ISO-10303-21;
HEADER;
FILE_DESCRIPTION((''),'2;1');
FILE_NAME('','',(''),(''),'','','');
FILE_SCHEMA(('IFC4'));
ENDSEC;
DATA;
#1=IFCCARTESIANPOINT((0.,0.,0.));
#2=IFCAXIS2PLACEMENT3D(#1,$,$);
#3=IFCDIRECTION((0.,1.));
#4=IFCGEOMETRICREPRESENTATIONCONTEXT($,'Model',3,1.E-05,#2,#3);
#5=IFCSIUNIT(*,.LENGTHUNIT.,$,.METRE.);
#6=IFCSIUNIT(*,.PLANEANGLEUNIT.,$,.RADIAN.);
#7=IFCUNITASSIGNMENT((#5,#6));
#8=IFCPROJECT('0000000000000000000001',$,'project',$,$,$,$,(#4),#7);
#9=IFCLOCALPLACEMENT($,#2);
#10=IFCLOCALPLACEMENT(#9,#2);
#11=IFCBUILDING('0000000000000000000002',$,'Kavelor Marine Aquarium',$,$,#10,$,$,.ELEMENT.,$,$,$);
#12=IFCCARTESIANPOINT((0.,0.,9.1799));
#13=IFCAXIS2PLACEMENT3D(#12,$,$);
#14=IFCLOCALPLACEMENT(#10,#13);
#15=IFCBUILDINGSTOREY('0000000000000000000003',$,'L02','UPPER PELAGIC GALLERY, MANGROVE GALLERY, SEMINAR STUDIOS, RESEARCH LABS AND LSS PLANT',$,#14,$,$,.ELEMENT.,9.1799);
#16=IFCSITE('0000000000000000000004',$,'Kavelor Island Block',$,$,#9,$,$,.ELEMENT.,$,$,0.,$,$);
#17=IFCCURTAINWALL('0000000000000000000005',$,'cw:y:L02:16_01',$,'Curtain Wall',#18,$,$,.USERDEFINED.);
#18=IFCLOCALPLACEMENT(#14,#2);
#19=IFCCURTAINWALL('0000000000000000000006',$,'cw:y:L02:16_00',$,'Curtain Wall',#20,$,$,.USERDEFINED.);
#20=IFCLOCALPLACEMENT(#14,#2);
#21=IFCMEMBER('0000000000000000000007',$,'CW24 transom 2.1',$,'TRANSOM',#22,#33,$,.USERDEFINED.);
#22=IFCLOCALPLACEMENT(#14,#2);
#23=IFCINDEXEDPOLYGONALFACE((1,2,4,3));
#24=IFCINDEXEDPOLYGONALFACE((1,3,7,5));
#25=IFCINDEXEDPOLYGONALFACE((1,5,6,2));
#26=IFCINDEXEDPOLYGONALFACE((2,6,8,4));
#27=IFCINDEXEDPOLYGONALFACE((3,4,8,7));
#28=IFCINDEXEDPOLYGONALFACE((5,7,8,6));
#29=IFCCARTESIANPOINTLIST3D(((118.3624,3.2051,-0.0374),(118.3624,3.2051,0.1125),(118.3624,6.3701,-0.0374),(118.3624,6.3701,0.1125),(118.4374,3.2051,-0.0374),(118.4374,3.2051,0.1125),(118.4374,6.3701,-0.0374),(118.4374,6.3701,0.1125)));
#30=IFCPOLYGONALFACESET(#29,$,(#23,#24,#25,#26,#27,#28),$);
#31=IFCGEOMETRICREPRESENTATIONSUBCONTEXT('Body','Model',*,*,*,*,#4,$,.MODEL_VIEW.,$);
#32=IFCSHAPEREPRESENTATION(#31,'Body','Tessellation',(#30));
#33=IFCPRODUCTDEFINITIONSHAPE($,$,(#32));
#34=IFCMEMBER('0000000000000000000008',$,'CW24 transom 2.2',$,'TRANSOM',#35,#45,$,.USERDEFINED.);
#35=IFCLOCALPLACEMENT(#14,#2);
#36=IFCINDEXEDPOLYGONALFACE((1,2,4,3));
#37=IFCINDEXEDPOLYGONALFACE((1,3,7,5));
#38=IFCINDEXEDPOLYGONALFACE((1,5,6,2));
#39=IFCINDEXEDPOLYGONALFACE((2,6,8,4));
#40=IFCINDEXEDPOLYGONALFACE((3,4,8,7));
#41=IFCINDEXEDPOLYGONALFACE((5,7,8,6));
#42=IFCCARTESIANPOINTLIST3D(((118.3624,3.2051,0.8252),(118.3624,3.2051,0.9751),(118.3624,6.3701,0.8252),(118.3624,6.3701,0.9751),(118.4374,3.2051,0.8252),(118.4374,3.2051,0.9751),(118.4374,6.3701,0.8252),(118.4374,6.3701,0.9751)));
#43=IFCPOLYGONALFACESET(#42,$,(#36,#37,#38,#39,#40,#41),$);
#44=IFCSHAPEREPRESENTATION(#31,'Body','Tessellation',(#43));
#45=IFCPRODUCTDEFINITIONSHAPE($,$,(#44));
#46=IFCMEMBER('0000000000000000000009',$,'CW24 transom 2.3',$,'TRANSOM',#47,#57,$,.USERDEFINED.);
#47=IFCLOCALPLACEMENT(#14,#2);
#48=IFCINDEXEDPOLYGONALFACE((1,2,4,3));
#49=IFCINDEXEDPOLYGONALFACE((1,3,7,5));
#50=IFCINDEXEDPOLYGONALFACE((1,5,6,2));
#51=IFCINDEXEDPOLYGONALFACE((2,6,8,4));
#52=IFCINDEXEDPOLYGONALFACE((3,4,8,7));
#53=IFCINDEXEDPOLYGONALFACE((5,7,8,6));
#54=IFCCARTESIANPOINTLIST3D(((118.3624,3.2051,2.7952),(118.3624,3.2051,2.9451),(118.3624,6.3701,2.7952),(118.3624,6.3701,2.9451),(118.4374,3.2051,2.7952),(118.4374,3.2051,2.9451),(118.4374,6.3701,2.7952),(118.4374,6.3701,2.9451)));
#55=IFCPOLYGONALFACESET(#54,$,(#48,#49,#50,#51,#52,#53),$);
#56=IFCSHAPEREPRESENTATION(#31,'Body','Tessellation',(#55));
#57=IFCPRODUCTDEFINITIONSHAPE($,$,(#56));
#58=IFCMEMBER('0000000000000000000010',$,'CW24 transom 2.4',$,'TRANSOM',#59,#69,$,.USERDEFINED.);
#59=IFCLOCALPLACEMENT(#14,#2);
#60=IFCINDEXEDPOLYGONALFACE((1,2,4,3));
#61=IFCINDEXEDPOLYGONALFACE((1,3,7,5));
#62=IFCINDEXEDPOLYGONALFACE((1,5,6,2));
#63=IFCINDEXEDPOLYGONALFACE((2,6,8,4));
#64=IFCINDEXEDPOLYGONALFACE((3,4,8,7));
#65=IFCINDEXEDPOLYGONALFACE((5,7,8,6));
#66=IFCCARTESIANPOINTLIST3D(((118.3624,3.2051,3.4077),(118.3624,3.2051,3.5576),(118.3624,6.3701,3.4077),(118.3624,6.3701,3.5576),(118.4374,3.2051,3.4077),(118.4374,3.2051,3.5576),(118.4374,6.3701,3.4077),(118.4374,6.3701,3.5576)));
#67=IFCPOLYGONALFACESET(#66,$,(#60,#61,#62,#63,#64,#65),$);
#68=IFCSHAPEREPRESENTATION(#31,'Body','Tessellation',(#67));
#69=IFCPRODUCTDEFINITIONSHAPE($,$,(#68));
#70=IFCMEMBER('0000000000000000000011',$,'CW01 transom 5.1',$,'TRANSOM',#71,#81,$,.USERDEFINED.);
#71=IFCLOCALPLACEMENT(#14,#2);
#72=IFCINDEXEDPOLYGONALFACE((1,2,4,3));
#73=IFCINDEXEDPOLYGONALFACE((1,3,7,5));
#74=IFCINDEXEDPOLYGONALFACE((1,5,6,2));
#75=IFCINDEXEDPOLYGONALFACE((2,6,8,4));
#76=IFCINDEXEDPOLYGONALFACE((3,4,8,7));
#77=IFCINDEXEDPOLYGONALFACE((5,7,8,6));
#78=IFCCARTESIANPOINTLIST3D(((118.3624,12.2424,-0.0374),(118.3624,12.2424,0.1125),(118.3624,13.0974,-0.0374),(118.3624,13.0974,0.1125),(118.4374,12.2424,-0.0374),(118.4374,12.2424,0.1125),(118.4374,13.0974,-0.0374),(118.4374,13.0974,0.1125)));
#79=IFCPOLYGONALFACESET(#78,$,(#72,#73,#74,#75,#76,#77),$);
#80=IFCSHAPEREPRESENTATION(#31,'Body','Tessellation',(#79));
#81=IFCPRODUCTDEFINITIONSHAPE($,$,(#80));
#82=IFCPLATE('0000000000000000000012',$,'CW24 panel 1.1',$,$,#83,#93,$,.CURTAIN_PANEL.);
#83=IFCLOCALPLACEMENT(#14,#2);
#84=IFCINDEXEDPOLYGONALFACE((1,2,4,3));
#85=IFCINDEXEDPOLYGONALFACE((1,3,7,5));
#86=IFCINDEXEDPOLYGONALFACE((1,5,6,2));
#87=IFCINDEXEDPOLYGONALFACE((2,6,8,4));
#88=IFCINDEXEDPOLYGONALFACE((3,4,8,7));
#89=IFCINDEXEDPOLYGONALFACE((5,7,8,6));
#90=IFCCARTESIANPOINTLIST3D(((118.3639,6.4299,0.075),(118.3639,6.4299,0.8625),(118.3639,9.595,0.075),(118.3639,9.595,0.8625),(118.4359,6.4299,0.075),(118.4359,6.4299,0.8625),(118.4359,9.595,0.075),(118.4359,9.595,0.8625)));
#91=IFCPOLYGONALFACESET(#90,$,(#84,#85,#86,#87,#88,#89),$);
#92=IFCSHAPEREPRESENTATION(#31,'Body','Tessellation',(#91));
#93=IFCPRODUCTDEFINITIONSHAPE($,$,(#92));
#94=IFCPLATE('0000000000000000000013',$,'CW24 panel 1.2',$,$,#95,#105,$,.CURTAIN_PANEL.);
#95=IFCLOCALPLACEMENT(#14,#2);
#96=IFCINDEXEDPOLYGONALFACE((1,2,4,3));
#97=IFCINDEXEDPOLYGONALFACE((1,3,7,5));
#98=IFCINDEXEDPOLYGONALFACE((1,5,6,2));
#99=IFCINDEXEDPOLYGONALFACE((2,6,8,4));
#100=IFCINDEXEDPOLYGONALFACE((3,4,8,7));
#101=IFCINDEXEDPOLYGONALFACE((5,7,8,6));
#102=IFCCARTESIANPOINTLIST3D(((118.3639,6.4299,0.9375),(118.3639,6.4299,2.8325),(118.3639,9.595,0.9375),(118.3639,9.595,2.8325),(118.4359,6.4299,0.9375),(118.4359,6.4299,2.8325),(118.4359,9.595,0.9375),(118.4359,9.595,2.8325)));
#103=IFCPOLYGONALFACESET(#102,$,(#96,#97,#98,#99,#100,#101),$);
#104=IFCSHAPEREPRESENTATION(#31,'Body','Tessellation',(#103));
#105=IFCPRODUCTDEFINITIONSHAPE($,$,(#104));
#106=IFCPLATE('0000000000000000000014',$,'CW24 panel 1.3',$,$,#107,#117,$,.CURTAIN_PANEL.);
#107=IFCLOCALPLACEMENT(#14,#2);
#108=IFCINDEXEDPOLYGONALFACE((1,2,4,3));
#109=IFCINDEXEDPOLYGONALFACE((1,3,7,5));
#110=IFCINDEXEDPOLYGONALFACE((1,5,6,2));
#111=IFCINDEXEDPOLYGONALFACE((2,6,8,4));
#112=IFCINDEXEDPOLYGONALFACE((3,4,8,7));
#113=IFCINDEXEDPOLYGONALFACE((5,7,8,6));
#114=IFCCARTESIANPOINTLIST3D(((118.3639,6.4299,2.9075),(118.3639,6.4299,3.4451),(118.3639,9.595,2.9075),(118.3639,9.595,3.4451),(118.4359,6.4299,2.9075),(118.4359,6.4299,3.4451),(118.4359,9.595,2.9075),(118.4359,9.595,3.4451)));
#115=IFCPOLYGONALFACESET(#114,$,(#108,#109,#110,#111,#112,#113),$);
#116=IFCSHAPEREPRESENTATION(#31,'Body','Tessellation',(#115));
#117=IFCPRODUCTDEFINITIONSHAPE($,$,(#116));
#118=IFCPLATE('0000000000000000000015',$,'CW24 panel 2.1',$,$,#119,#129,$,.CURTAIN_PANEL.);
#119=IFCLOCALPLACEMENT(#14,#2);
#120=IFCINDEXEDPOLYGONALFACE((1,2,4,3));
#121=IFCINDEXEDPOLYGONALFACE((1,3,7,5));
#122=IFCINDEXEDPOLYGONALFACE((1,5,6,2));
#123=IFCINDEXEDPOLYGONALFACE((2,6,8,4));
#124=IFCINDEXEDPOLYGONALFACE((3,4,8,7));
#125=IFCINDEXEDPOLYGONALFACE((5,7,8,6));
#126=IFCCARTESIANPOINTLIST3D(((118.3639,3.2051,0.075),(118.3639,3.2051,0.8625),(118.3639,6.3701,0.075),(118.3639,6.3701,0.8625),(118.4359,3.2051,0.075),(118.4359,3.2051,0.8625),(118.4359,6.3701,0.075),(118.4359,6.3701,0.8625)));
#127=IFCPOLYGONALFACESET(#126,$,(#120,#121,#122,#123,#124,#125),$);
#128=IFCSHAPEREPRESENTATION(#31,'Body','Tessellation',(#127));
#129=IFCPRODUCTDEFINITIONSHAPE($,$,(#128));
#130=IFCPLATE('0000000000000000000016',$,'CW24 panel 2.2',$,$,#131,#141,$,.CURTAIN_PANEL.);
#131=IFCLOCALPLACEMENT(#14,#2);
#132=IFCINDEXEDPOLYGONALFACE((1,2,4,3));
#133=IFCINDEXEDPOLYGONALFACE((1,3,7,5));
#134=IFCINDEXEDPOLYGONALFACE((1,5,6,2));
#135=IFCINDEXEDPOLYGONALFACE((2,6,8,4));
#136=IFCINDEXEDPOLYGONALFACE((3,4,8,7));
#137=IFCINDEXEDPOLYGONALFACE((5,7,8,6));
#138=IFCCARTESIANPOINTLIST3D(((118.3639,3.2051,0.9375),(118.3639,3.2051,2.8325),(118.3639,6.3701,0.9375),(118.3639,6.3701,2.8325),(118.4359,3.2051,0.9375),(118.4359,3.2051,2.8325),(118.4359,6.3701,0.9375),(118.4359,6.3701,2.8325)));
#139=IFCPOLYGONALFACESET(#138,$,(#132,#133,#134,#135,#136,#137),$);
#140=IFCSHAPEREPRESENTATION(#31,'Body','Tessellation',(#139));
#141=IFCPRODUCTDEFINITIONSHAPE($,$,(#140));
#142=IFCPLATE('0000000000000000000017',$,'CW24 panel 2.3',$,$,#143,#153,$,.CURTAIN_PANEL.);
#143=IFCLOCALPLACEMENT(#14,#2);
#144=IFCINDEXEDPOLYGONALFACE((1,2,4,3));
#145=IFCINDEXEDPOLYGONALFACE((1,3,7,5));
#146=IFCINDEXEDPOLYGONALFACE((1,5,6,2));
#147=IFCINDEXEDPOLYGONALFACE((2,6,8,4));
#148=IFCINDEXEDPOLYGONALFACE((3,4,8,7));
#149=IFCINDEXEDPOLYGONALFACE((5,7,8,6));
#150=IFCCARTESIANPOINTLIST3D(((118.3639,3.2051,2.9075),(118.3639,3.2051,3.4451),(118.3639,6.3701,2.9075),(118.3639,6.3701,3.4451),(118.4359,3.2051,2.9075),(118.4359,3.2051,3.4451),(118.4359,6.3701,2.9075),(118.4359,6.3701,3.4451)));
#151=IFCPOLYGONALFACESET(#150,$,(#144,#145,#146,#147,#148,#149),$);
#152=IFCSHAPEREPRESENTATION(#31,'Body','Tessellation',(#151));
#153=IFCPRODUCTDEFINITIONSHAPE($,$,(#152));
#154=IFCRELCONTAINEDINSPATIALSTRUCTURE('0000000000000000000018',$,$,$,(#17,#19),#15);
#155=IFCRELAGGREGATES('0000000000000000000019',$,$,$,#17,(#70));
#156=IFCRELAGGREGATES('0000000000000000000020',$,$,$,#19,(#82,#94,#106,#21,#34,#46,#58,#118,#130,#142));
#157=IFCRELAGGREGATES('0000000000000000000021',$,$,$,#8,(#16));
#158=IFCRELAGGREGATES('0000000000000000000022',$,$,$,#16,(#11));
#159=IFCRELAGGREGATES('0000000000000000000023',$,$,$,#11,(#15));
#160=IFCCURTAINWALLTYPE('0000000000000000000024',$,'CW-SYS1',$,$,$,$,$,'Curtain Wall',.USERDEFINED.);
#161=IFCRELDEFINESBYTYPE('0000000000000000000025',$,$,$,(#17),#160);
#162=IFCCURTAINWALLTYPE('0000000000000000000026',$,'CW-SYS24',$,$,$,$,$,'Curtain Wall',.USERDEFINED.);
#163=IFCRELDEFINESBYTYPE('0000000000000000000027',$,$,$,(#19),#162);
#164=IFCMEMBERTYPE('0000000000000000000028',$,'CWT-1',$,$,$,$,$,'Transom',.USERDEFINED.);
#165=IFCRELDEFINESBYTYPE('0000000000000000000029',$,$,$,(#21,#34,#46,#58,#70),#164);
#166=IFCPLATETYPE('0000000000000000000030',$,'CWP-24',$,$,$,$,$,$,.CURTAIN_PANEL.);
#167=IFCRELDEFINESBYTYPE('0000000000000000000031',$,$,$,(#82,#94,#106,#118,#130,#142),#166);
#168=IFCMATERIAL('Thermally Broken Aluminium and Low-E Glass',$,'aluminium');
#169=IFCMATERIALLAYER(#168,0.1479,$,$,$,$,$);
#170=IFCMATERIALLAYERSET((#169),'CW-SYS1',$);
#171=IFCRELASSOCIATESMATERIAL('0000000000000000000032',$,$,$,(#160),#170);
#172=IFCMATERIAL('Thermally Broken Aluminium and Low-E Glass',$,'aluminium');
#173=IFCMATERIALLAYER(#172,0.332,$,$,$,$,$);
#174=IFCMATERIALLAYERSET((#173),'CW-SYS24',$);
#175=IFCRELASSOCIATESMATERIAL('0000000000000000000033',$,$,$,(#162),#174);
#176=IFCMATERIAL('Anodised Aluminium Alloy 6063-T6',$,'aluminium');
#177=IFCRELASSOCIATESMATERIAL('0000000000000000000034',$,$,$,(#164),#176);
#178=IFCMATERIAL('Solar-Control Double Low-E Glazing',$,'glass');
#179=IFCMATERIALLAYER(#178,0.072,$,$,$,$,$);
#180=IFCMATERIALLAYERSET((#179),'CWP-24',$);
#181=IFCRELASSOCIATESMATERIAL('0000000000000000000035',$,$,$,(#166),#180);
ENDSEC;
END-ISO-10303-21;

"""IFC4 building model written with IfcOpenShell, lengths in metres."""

from ifc_helpers import new_model, si_unit, direction, frame, origin, origin_2d, place, context, subcontext, project, spatial, rectangle, extrude, material, layer, layer_set, material_profile, profile_set, type_object, element, aggregate, save


model = new_model("IFC4")

# Units and contexts
model_context = context("Model", 3, precision=1e-05, world=origin(), true_north=direction((0.0, 1.0)))
body_context = subcontext(model_context, "Body", "Model", "MODEL_VIEW")
ifc_project = project(units=[si_unit("LENGTHUNIT", "METRE"), si_unit("PLANEANGLEUNIT", "RADIAN")], contexts=[model_context])

# Site, building, storey
site_placement = place(None, origin())
site = spatial("IfcSite", under=ifc_project, at=site_placement, Name="Kavelor Island Block", CompositionType="ELEMENT", RefElevation=0.0)
building_placement = place(site_placement, origin())
building = spatial("IfcBuilding", under=site, at=building_placement, Name="Kavelor Marine Aquarium", CompositionType="ELEMENT")
storey_placement = place(building_placement, frame((0.0, 0.0, 9.1799)))
storey = spatial("IfcBuildingStorey", under=building, at=storey_placement, Name="L02", Description="UPPER PELAGIC GALLERY, MANGROVE GALLERY, SEMINAR STUDIOS, RESEARCH LABS AND LSS PLANT", CompositionType="ELEMENT", Elevation=9.1799)

# Curtain walls, members
ifc_material_1 = material(Name="Thermally Broken Aluminium and Low-E Glass", Category="aluminium")
ifc_layer_1 = layer(ifc_material_1, 0.1479)
ifc_layer_set_1 = layer_set([ifc_layer_1], Name="CW-SYS1")
curtain_wall_type_1 = type_object("IfcCurtainWallType", Name="CW-SYS1", ElementType="Curtain Wall", PredefinedType="USERDEFINED", material=ifc_layer_set_1)
curtain_wall_1_placement = place(storey_placement, origin())
curtain_wall_1 = element("IfcCurtainWall", 1, at=curtain_wall_1_placement, inside=storey, type_object=curtain_wall_type_1, Name="cw:y:L02:16_01", ObjectType="Curtain Wall", PredefinedType="USERDEFINED")
ifc_material_2 = material(Name="Thermally Broken Aluminium and Low-E Glass", Category="aluminium")
ifc_layer_2 = layer(ifc_material_2, 0.332)
ifc_layer_set_2 = layer_set([ifc_layer_2], Name="CW-SYS24")
curtain_wall_type_2 = type_object("IfcCurtainWallType", Name="CW-SYS24", ElementType="Curtain Wall", PredefinedType="USERDEFINED", material=ifc_layer_set_2)
curtain_wall_2_placement = place(storey_placement, origin())
curtain_wall_2 = element("IfcCurtainWall", 2, at=curtain_wall_2_placement, inside=storey, type_object=curtain_wall_type_2, Name="cw:y:L02:16_00", ObjectType="Curtain Wall", PredefinedType="USERDEFINED")
ifc_material_3 = material(Name="Anodised Aluminium Alloy 6063-T6", Category="aluminium")
ifc_material_profile_1 = material_profile(ifc_material_3, rectangle(XDim=0.075, YDim=0.1499, at=origin_2d()), Name="CW-TRN 75x150")
ifc_profile_set_1 = profile_set([ifc_material_profile_1], Name="Anodised Aluminium Alloy 6063-T6")
member_type_1 = type_object("IfcMemberType", Name="CWT-1", ElementType="Transom", PredefinedType="USERDEFINED", material=ifc_profile_set_1)
member_1_placement = place(storey_placement, frame((118.3999, 6.3701, 0.0376), z_axis=(0.0, -1.0, 0.0), x_axis=(1.0, 0.0, 0.0)))
member_1 = element("IfcMember", 3, at=member_1_placement, type_object=member_type_1, Name="CW24 transom 2.1", ObjectType="TRANSOM", PredefinedType="USERDEFINED", context=body_context, shape_type="SweptSolid", body=[
    extrude(rectangle(XDim=0.075, YDim=0.1499, at=origin_2d()), origin(), (0.0, 0.0, 1.0), 3.165),
])
member_2_placement = place(storey_placement, frame((118.3999, 6.3701, 0.9001), z_axis=(0.0, -1.0, 0.0), x_axis=(1.0, 0.0, 0.0)))
member_2 = element("IfcMember", 4, at=member_2_placement, type_object=member_type_1, Name="CW24 transom 2.2", ObjectType="TRANSOM", PredefinedType="USERDEFINED", context=body_context, shape_type="SweptSolid", body=[
    extrude(rectangle(XDim=0.075, YDim=0.1499, at=origin_2d()), origin(), (0.0, 0.0, 1.0), 3.165),
])
member_3_placement = place(storey_placement, frame((118.3999, 6.3701, 2.8701), z_axis=(0.0, -1.0, 0.0), x_axis=(1.0, 0.0, 0.0)))
member_3 = element("IfcMember", 5, at=member_3_placement, type_object=member_type_1, Name="CW24 transom 2.3", ObjectType="TRANSOM", PredefinedType="USERDEFINED", context=body_context, shape_type="SweptSolid", body=[
    extrude(rectangle(XDim=0.075, YDim=0.1499, at=origin_2d()), origin(), (0.0, 0.0, 1.0), 3.165),
])
member_4_placement = place(storey_placement, frame((118.3999, 6.3701, 3.4827), z_axis=(0.0, -1.0, 0.0), x_axis=(1.0, 0.0, 0.0)))
member_4 = element("IfcMember", 6, at=member_4_placement, type_object=member_type_1, Name="CW24 transom 2.4", ObjectType="TRANSOM", PredefinedType="USERDEFINED", context=body_context, shape_type="SweptSolid", body=[
    extrude(rectangle(XDim=0.075, YDim=0.1499, at=origin_2d()), origin(), (0.0, 0.0, 1.0), 3.165),
])

# Member
member_5_placement = place(storey_placement, frame((118.3999, 13.0974, 0.0376), z_axis=(0.0, -1.0, 0.0), x_axis=(1.0, 0.0, 0.0)))
member_5 = element("IfcMember", 7, at=member_5_placement, type_object=member_type_1, Name="CW01 transom 5.1", ObjectType="TRANSOM", PredefinedType="USERDEFINED", context=body_context, shape_type="SweptSolid", body=[
    extrude(rectangle(XDim=0.075, YDim=0.1499, at=origin_2d()), origin(), (0.0, 0.0, 1.0), 0.855),
])
aggregate(curtain_wall_1, [member_5])

# Plates
ifc_material_4 = material(Name="Solar-Control Double Low-E Glazing", Category="glass")
ifc_layer_3 = layer(ifc_material_4, 0.072)
ifc_layer_set_3 = layer_set([ifc_layer_3], Name="CWP-24")
plate_type = type_object("IfcPlateType", Name="CWP-24", PredefinedType="CURTAIN_PANEL", material=ifc_layer_set_3)
plate_1_placement = place(storey_placement, frame((118.3999, 8.0125, 0.075), z_axis=(0.0, 0.0, 1.0), x_axis=(0.0, -1.0, 0.0)))
plate_1 = element("IfcPlate", 8, at=plate_1_placement, type_object=plate_type, Name="CW24 panel 1.1", PredefinedType="CURTAIN_PANEL", context=body_context, shape_type="SweptSolid", body=[
    extrude(rectangle(XDim=3.165, YDim=0.072, at=origin_2d()), origin(), (0.0, 0.0, 1.0), 0.7876),
])
plate_2_placement = place(storey_placement, frame((118.3999, 8.0125, 0.9375), z_axis=(0.0, 0.0, 1.0), x_axis=(0.0, -1.0, 0.0)))
plate_2 = element("IfcPlate", 9, at=plate_2_placement, type_object=plate_type, Name="CW24 panel 1.2", PredefinedType="CURTAIN_PANEL", context=body_context, shape_type="SweptSolid", body=[
    extrude(rectangle(XDim=3.165, YDim=0.072, at=origin_2d()), origin(), (0.0, 0.0, 1.0), 1.895),
])
plate_3_placement = place(storey_placement, frame((118.3999, 8.0125, 2.9075), z_axis=(0.0, 0.0, 1.0), x_axis=(0.0, -1.0, 0.0)))
plate_3 = element("IfcPlate", 10, at=plate_3_placement, type_object=plate_type, Name="CW24 panel 1.3", PredefinedType="CURTAIN_PANEL", context=body_context, shape_type="SweptSolid", body=[
    extrude(rectangle(XDim=3.165, YDim=0.072, at=origin_2d()), origin(), (0.0, 0.0, 1.0), 0.5376),
])
plate_4_placement = place(storey_placement, frame((118.3999, 4.7876, 0.075), z_axis=(0.0, 0.0, 1.0), x_axis=(0.0, -1.0, 0.0)))
plate_4 = element("IfcPlate", 11, at=plate_4_placement, type_object=plate_type, Name="CW24 panel 2.1", PredefinedType="CURTAIN_PANEL", context=body_context, shape_type="SweptSolid", body=[
    extrude(rectangle(XDim=3.165, YDim=0.072, at=origin_2d()), origin(), (0.0, 0.0, 1.0), 0.7876),
])
plate_5_placement = place(storey_placement, frame((118.3999, 4.7876, 0.9375), z_axis=(0.0, 0.0, 1.0), x_axis=(0.0, -1.0, 0.0)))
plate_5 = element("IfcPlate", 12, at=plate_5_placement, type_object=plate_type, Name="CW24 panel 2.2", PredefinedType="CURTAIN_PANEL", context=body_context, shape_type="SweptSolid", body=[
    extrude(rectangle(XDim=3.165, YDim=0.072, at=origin_2d()), origin(), (0.0, 0.0, 1.0), 1.895),
])
plate_6_placement = place(storey_placement, frame((118.3999, 4.7876, 2.9075), z_axis=(0.0, 0.0, 1.0), x_axis=(0.0, -1.0, 0.0)))
plate_6 = element("IfcPlate", 13, at=plate_6_placement, type_object=plate_type, Name="CW24 panel 2.3", PredefinedType="CURTAIN_PANEL", context=body_context, shape_type="SweptSolid", body=[
    extrude(rectangle(XDim=3.165, YDim=0.072, at=origin_2d()), origin(), (0.0, 0.0, 1.0), 0.5376),
])
aggregate(curtain_wall_2, [plate_1, plate_2, plate_3, member_1, member_2, member_3, member_4, plate_4, plate_5, plate_6])

save(model, "model.ifc")
